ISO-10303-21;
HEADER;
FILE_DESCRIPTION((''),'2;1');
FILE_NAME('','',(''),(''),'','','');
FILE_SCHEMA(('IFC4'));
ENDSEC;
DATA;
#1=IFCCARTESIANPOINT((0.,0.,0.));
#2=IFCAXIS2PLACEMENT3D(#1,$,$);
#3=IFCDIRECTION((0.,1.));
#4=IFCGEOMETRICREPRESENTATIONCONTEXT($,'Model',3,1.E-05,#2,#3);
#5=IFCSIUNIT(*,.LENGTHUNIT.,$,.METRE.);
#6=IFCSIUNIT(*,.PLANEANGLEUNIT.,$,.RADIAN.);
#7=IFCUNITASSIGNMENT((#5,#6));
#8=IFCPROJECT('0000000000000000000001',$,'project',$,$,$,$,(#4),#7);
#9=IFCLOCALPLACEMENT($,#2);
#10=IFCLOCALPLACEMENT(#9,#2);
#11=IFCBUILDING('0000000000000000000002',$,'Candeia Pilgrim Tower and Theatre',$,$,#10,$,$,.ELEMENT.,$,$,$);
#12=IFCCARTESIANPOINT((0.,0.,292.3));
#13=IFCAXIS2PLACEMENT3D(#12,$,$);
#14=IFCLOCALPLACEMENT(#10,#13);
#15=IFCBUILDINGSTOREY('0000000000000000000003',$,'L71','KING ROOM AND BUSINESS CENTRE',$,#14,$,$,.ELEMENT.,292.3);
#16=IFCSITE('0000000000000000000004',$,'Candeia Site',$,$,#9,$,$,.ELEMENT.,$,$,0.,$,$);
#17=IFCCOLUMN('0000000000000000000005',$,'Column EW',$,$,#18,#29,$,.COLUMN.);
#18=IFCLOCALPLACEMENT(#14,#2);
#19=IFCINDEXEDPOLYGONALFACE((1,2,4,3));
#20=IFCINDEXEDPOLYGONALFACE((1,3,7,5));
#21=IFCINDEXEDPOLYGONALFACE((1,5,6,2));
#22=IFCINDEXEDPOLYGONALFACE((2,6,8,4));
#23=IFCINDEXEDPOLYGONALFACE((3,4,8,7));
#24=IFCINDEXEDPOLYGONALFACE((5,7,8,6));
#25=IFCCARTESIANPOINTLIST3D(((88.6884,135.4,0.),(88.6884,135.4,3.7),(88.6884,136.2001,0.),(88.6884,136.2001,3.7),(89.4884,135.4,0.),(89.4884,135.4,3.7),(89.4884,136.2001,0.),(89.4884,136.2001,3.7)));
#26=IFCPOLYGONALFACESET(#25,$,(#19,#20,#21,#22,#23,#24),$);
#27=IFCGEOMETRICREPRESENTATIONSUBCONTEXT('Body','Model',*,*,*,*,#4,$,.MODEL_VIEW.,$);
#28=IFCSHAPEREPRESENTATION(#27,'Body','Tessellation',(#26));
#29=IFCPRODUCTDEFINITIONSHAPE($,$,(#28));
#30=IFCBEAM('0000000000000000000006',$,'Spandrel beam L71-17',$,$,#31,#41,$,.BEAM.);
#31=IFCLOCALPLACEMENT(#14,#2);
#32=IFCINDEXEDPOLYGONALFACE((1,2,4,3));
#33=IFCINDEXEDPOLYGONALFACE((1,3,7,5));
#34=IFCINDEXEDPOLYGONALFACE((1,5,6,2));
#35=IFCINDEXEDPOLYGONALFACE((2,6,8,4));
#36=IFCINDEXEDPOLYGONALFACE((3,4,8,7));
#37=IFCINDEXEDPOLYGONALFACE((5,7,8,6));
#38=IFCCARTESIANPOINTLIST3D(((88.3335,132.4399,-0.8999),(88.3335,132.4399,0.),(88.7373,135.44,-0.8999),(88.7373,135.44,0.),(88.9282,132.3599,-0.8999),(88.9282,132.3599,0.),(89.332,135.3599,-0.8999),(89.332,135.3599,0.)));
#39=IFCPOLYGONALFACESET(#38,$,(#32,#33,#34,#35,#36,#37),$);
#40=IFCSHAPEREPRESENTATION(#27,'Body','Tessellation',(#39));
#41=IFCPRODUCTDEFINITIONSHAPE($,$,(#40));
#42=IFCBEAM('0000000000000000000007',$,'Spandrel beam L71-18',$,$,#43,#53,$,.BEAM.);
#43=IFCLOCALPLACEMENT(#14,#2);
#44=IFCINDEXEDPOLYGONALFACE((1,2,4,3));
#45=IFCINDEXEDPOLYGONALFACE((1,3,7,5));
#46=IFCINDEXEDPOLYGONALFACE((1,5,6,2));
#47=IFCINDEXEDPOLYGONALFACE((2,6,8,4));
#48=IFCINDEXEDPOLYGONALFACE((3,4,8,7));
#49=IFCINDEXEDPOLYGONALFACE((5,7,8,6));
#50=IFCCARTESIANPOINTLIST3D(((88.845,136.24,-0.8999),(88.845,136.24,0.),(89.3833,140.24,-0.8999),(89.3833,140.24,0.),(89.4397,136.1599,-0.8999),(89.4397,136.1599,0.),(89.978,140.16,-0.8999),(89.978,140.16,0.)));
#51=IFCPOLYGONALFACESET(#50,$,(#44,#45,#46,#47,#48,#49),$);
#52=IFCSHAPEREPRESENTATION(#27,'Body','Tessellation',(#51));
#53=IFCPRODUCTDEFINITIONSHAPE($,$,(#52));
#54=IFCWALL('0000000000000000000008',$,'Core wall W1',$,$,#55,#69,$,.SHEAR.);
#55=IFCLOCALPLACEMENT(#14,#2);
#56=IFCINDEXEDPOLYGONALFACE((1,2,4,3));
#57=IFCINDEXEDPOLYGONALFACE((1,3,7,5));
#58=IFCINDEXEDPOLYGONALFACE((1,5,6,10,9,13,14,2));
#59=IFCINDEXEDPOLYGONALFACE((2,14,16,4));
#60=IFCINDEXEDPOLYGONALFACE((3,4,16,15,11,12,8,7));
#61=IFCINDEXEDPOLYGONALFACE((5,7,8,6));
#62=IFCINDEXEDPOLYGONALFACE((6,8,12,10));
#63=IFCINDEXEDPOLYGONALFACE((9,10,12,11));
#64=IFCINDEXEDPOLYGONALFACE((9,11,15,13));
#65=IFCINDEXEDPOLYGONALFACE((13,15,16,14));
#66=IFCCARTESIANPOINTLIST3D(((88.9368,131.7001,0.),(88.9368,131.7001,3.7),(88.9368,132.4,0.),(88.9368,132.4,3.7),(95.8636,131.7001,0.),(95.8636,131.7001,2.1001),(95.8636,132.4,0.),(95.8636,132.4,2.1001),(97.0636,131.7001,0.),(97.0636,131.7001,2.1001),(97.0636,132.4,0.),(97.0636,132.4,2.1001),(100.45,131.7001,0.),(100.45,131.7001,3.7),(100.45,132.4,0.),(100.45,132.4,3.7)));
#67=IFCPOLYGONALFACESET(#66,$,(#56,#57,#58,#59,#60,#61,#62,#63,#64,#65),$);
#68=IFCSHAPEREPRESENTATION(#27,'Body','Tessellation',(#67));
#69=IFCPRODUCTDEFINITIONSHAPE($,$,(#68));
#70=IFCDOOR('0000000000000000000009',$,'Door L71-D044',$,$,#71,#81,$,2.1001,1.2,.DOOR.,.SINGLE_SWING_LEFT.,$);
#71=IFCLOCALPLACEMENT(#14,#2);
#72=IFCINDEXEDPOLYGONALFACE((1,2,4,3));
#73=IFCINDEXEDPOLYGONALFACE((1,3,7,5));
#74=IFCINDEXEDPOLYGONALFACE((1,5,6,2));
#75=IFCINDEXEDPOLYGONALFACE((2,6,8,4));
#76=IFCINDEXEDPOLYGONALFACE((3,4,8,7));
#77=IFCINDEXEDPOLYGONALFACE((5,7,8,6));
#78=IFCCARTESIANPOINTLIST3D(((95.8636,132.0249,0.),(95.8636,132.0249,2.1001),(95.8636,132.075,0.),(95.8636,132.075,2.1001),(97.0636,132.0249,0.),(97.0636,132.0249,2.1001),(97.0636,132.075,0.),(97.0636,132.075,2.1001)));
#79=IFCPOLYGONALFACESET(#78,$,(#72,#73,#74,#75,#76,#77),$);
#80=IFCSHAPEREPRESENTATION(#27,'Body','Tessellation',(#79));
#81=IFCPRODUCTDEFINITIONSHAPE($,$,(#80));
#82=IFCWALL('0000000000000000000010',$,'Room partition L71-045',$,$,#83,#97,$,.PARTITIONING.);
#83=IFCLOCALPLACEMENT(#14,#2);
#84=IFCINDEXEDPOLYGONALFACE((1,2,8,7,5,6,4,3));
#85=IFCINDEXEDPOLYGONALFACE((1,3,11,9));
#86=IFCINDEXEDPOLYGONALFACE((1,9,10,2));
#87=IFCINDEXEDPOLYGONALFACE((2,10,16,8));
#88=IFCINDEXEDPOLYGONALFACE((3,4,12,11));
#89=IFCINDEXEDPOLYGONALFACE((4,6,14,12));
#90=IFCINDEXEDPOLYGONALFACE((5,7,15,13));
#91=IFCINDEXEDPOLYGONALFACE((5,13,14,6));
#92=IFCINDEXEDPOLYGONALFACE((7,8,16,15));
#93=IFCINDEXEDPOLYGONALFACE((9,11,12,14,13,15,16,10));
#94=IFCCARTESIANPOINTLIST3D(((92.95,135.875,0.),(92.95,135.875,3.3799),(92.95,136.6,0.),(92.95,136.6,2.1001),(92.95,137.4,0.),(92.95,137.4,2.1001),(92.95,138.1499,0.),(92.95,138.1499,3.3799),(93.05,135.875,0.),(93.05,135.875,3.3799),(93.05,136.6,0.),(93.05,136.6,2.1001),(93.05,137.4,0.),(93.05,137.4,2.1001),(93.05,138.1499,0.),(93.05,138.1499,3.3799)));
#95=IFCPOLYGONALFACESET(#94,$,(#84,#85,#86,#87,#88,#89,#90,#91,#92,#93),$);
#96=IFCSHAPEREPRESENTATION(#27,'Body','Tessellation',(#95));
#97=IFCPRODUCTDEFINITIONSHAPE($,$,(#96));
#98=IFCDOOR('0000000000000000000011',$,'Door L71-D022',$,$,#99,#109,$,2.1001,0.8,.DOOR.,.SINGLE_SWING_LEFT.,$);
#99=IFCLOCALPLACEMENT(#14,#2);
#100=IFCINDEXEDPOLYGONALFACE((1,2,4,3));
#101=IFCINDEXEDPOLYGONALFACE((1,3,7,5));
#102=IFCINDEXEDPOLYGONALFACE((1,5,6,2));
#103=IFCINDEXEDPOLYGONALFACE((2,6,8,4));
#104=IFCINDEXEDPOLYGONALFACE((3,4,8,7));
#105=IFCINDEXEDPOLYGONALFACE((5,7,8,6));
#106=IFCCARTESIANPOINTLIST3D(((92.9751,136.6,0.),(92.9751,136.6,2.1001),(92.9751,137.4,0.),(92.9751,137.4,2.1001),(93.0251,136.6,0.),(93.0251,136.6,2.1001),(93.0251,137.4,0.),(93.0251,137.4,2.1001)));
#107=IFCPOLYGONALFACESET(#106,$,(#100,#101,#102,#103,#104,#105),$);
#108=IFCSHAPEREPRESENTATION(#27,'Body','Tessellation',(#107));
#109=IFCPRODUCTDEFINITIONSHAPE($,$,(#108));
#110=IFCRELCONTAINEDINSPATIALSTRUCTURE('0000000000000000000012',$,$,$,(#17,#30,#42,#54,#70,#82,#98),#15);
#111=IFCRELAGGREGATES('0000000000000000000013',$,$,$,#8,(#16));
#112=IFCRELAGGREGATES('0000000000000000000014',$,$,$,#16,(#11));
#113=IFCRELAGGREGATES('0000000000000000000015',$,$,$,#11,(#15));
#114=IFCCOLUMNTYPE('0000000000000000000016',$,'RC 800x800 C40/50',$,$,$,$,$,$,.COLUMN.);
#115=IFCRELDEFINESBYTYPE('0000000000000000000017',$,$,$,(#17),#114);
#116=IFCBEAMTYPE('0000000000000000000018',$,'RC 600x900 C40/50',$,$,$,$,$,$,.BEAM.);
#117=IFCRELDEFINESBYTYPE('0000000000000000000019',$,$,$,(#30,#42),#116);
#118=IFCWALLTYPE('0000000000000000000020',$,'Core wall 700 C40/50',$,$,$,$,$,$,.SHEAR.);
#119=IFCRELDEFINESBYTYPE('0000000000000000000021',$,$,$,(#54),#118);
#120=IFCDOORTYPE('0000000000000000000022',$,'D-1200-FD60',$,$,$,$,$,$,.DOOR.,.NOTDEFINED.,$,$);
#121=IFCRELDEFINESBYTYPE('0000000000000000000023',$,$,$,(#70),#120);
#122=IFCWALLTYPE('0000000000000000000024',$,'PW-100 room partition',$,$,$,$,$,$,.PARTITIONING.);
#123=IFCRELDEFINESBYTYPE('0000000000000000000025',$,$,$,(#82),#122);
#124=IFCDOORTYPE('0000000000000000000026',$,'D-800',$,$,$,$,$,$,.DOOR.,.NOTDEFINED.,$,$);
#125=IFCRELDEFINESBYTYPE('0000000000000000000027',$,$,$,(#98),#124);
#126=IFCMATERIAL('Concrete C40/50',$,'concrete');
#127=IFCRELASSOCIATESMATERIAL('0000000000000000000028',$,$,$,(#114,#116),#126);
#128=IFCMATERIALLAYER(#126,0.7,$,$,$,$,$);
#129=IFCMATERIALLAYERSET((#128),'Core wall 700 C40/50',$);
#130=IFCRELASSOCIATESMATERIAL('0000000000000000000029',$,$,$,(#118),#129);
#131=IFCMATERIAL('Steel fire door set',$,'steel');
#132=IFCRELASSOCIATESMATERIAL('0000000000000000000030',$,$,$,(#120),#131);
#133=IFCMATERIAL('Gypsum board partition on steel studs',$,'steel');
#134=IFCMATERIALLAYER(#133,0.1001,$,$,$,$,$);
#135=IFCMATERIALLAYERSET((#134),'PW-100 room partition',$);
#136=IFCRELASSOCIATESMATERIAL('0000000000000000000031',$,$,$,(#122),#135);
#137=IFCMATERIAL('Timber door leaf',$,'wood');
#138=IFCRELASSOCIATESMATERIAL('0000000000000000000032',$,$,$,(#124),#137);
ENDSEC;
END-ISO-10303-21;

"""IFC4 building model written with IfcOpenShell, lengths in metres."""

from ifc_helpers import new_model, si_unit, direction, frame, frame_2d, origin, origin_2d, place, context, subcontext, project, spatial, rectangle, extrude, material, layer, layer_set, material_profile, profile_set, type_object, element, fill, save


model = new_model("IFC4")

# Units and contexts
model_context = context("Model", 3, precision=1e-05, world=origin(), true_north=direction((0.0, 1.0)))
body_context = subcontext(model_context, "Body", "Model", "MODEL_VIEW")
ifc_project = project(units=[si_unit("LENGTHUNIT", "METRE"), si_unit("PLANEANGLEUNIT", "RADIAN")], contexts=[model_context])

# Site, building, storey
site_placement = place(None, origin())
site = spatial("IfcSite", under=ifc_project, at=site_placement, Name="Candeia Site", CompositionType="ELEMENT", RefElevation=0.0)
building_placement = place(site_placement, origin())
building = spatial("IfcBuilding", under=site, at=building_placement, Name="Candeia Pilgrim Tower and Theatre", CompositionType="ELEMENT")
storey_placement = place(building_placement, frame((0.0, 0.0, 292.3)))
storey = spatial("IfcBuildingStorey", under=building, at=storey_placement, Name="L71", Description="KING ROOM AND BUSINESS CENTRE", CompositionType="ELEMENT", Elevation=292.3)

# Column
ifc_material_1 = material(Name="Concrete C40/50", Category="concrete")
ifc_material_profile_1 = material_profile(ifc_material_1, rectangle(XDim=0.8, YDim=0.8, at=origin_2d()))
ifc_profile_set_1 = profile_set([ifc_material_profile_1], Name="Concrete C40/50")
column_type = type_object("IfcColumnType", Name="RC 800x800 C40/50", PredefinedType="COLUMN", material=ifc_profile_set_1)
column_placement = place(storey_placement, frame((89.0884, 135.8, 0.0), z_axis=(0.0, 0.0, 1.0), x_axis=(1.0, 0.0, 0.0)))
element("IfcColumn", 1, at=column_placement, inside=storey, type_object=column_type, Name="Column EW", PredefinedType="COLUMN", context=body_context, shape_type="SweptSolid", body=[
    extrude(rectangle(XDim=0.8, YDim=0.8, at=origin_2d()), origin(), (0.0, 0.0, 1.0), 3.7),
])

# Beams
ifc_material_profile_2 = material_profile(ifc_material_1, rectangle(XDim=0.6001, YDim=0.8999, at=origin_2d()))
ifc_profile_set_2 = profile_set([ifc_material_profile_2], Name="Concrete C40/50")
beam_type = type_object("IfcBeamType", Name="RC 600x900 C40/50", PredefinedType="BEAM", material=ifc_profile_set_2)
beam_1_placement = place(storey_placement, frame((88.6309, 132.3999, -0.45), z_axis=(0.1334, 0.991062, 0.0), x_axis=(-0.991062, 0.1334, 0.0)))
element("IfcBeam", 2, at=beam_1_placement, inside=storey, type_object=beam_type, Name="Spandrel beam L71-17", PredefinedType="BEAM", context=body_context, shape_type="SweptSolid", body=[
    extrude(rectangle(XDim=0.6001, YDim=0.8999, at=origin_2d()), origin(), (0.0, 0.0, 1.0), 3.0271),
])
beam_2_placement = place(storey_placement, frame((89.1423, 136.2, -0.45), z_axis=(0.13338, 0.991065, 0.0), x_axis=(-0.991065, 0.13338, 0.0)))
element("IfcBeam", 3, at=beam_2_placement, inside=storey, type_object=beam_type, Name="Spandrel beam L71-18", PredefinedType="BEAM", context=body_context, shape_type="SweptSolid", body=[
    extrude(rectangle(XDim=0.6001, YDim=0.8999, at=origin_2d()), origin(), (0.0, 0.0, 1.0), 4.0361),
])

# Walls, openings, doors
ifc_layer_1 = layer(ifc_material_1, 0.7)
ifc_layer_set_1 = layer_set([ifc_layer_1], Name="Core wall 700 C40/50")
wall_type_1 = type_object("IfcWallType", Name="Core wall 700 C40/50", PredefinedType="SHEAR", material=ifc_layer_set_1)
wall_1_placement = place(storey_placement, frame((88.9368, 132.05, 0.0), z_axis=(0.0, 0.0, 1.0), x_axis=(1.0, 0.0, 0.0)))
wall_1 = element("IfcWall", 4, at=wall_1_placement, inside=storey, type_object=wall_type_1, Name="Core wall W1", PredefinedType="SHEAR", context=body_context, shape_type="SweptSolid", body=[
    extrude(rectangle(XDim=11.5132, YDim=0.7, at=frame_2d((5.7566, 0.0))), origin(), (0.0, 0.0, 1.0), 3.7),
])
opening_1_placement = place(wall_1_placement, frame((6.9268, 0.0, 0.0)))
opening_1 = element("IfcOpeningElement", 5, at=opening_1_placement, cuts=wall_1, PredefinedType="OPENING", context=body_context, shape_type="SweptSolid", body=[
    extrude(rectangle(XDim=1.2, YDim=2.1001, at=frame_2d((0.6001, 1.05))), frame((0.0, 0.3599, 0.0), z_axis=(0.0, -1.0, 0.0), x_axis=(1.0, 0.0, 0.0)), (0.0, 0.0, 1.0), 0.72),
])
ifc_material_2 = material(Name="Steel fire door set", Category="steel")
door_type_1 = type_object("IfcDoorType", Name="D-1200-FD60", OperationType="NOTDEFINED", PredefinedType="DOOR", material=ifc_material_2)
door_1_placement = place(opening_1_placement, origin())
door_1 = element("IfcDoor", 6, at=door_1_placement, inside=storey, type_object=door_type_1, Name="Door L71-D044", OperationType="SINGLE_SWING_LEFT", OverallHeight=2.1001, OverallWidth=1.2, PredefinedType="DOOR", context=body_context, shape_type="SweptSolid", body=[
    extrude(rectangle(XDim=1.2, YDim=2.1001, at=frame_2d((0.6001, 1.05))), frame((0.0, 0.0249, 0.0), z_axis=(0.0, -1.0, 0.0), x_axis=(1.0, 0.0, 0.0)), (0.0, 0.0, 1.0), 0.05),
])
fill(opening_1, door_1)
ifc_material_3 = material(Name="Gypsum board partition on steel studs", Category="steel")
ifc_layer_2 = layer(ifc_material_3, 0.1001)
ifc_layer_set_2 = layer_set([ifc_layer_2], Name="PW-100 room partition")
wall_type_2 = type_object("IfcWallType", Name="PW-100 room partition", PredefinedType="PARTITIONING", material=ifc_layer_set_2)
wall_2_placement = place(storey_placement, frame((93.0, 135.875, 0.0), z_axis=(0.0, 0.0, 1.0), x_axis=(0.0, 1.0, 0.0)))
wall_2 = element("IfcWall", 7, at=wall_2_placement, inside=storey, type_object=wall_type_2, Name="Room partition L71-045", PredefinedType="PARTITIONING", context=body_context, shape_type="SweptSolid", body=[
    extrude(rectangle(XDim=2.2749, YDim=0.1001, at=frame_2d((1.1375, 0.0))), origin(), (0.0, 0.0, 1.0), 3.3799),
])
opening_2_placement = place(wall_2_placement, frame((0.7251, 0.0, 0.0)))
opening_2 = element("IfcOpeningElement", 8, at=opening_2_placement, cuts=wall_2, PredefinedType="OPENING", context=body_context, shape_type="SweptSolid", body=[
    extrude(rectangle(XDim=0.8, YDim=2.1001, at=frame_2d((0.3999, 1.05))), frame((0.0, 0.0601, 0.0), z_axis=(0.0, -1.0, 0.0), x_axis=(1.0, 0.0, 0.0)), (0.0, 0.0, 1.0), 0.1201),
])
ifc_material_4 = material(Name="Timber door leaf", Category="wood")
door_type_2 = type_object("IfcDoorType", Name="D-800", OperationType="NOTDEFINED", PredefinedType="DOOR", material=ifc_material_4)
door_2_placement = place(opening_2_placement, origin())
door_2 = element("IfcDoor", 9, at=door_2_placement, inside=storey, type_object=door_type_2, Name="Door L71-D022", OperationType="SINGLE_SWING_LEFT", OverallHeight=2.1001, OverallWidth=0.8, PredefinedType="DOOR", context=body_context, shape_type="SweptSolid", body=[
    extrude(rectangle(XDim=0.8, YDim=2.1001, at=frame_2d((0.3999, 1.05))), frame((0.0, 0.0249, 0.0), z_axis=(0.0, -1.0, 0.0), x_axis=(1.0, 0.0, 0.0)), (0.0, 0.0, 1.0), 0.05),
])
fill(opening_2, door_2)

save(model, "model.ifc")
